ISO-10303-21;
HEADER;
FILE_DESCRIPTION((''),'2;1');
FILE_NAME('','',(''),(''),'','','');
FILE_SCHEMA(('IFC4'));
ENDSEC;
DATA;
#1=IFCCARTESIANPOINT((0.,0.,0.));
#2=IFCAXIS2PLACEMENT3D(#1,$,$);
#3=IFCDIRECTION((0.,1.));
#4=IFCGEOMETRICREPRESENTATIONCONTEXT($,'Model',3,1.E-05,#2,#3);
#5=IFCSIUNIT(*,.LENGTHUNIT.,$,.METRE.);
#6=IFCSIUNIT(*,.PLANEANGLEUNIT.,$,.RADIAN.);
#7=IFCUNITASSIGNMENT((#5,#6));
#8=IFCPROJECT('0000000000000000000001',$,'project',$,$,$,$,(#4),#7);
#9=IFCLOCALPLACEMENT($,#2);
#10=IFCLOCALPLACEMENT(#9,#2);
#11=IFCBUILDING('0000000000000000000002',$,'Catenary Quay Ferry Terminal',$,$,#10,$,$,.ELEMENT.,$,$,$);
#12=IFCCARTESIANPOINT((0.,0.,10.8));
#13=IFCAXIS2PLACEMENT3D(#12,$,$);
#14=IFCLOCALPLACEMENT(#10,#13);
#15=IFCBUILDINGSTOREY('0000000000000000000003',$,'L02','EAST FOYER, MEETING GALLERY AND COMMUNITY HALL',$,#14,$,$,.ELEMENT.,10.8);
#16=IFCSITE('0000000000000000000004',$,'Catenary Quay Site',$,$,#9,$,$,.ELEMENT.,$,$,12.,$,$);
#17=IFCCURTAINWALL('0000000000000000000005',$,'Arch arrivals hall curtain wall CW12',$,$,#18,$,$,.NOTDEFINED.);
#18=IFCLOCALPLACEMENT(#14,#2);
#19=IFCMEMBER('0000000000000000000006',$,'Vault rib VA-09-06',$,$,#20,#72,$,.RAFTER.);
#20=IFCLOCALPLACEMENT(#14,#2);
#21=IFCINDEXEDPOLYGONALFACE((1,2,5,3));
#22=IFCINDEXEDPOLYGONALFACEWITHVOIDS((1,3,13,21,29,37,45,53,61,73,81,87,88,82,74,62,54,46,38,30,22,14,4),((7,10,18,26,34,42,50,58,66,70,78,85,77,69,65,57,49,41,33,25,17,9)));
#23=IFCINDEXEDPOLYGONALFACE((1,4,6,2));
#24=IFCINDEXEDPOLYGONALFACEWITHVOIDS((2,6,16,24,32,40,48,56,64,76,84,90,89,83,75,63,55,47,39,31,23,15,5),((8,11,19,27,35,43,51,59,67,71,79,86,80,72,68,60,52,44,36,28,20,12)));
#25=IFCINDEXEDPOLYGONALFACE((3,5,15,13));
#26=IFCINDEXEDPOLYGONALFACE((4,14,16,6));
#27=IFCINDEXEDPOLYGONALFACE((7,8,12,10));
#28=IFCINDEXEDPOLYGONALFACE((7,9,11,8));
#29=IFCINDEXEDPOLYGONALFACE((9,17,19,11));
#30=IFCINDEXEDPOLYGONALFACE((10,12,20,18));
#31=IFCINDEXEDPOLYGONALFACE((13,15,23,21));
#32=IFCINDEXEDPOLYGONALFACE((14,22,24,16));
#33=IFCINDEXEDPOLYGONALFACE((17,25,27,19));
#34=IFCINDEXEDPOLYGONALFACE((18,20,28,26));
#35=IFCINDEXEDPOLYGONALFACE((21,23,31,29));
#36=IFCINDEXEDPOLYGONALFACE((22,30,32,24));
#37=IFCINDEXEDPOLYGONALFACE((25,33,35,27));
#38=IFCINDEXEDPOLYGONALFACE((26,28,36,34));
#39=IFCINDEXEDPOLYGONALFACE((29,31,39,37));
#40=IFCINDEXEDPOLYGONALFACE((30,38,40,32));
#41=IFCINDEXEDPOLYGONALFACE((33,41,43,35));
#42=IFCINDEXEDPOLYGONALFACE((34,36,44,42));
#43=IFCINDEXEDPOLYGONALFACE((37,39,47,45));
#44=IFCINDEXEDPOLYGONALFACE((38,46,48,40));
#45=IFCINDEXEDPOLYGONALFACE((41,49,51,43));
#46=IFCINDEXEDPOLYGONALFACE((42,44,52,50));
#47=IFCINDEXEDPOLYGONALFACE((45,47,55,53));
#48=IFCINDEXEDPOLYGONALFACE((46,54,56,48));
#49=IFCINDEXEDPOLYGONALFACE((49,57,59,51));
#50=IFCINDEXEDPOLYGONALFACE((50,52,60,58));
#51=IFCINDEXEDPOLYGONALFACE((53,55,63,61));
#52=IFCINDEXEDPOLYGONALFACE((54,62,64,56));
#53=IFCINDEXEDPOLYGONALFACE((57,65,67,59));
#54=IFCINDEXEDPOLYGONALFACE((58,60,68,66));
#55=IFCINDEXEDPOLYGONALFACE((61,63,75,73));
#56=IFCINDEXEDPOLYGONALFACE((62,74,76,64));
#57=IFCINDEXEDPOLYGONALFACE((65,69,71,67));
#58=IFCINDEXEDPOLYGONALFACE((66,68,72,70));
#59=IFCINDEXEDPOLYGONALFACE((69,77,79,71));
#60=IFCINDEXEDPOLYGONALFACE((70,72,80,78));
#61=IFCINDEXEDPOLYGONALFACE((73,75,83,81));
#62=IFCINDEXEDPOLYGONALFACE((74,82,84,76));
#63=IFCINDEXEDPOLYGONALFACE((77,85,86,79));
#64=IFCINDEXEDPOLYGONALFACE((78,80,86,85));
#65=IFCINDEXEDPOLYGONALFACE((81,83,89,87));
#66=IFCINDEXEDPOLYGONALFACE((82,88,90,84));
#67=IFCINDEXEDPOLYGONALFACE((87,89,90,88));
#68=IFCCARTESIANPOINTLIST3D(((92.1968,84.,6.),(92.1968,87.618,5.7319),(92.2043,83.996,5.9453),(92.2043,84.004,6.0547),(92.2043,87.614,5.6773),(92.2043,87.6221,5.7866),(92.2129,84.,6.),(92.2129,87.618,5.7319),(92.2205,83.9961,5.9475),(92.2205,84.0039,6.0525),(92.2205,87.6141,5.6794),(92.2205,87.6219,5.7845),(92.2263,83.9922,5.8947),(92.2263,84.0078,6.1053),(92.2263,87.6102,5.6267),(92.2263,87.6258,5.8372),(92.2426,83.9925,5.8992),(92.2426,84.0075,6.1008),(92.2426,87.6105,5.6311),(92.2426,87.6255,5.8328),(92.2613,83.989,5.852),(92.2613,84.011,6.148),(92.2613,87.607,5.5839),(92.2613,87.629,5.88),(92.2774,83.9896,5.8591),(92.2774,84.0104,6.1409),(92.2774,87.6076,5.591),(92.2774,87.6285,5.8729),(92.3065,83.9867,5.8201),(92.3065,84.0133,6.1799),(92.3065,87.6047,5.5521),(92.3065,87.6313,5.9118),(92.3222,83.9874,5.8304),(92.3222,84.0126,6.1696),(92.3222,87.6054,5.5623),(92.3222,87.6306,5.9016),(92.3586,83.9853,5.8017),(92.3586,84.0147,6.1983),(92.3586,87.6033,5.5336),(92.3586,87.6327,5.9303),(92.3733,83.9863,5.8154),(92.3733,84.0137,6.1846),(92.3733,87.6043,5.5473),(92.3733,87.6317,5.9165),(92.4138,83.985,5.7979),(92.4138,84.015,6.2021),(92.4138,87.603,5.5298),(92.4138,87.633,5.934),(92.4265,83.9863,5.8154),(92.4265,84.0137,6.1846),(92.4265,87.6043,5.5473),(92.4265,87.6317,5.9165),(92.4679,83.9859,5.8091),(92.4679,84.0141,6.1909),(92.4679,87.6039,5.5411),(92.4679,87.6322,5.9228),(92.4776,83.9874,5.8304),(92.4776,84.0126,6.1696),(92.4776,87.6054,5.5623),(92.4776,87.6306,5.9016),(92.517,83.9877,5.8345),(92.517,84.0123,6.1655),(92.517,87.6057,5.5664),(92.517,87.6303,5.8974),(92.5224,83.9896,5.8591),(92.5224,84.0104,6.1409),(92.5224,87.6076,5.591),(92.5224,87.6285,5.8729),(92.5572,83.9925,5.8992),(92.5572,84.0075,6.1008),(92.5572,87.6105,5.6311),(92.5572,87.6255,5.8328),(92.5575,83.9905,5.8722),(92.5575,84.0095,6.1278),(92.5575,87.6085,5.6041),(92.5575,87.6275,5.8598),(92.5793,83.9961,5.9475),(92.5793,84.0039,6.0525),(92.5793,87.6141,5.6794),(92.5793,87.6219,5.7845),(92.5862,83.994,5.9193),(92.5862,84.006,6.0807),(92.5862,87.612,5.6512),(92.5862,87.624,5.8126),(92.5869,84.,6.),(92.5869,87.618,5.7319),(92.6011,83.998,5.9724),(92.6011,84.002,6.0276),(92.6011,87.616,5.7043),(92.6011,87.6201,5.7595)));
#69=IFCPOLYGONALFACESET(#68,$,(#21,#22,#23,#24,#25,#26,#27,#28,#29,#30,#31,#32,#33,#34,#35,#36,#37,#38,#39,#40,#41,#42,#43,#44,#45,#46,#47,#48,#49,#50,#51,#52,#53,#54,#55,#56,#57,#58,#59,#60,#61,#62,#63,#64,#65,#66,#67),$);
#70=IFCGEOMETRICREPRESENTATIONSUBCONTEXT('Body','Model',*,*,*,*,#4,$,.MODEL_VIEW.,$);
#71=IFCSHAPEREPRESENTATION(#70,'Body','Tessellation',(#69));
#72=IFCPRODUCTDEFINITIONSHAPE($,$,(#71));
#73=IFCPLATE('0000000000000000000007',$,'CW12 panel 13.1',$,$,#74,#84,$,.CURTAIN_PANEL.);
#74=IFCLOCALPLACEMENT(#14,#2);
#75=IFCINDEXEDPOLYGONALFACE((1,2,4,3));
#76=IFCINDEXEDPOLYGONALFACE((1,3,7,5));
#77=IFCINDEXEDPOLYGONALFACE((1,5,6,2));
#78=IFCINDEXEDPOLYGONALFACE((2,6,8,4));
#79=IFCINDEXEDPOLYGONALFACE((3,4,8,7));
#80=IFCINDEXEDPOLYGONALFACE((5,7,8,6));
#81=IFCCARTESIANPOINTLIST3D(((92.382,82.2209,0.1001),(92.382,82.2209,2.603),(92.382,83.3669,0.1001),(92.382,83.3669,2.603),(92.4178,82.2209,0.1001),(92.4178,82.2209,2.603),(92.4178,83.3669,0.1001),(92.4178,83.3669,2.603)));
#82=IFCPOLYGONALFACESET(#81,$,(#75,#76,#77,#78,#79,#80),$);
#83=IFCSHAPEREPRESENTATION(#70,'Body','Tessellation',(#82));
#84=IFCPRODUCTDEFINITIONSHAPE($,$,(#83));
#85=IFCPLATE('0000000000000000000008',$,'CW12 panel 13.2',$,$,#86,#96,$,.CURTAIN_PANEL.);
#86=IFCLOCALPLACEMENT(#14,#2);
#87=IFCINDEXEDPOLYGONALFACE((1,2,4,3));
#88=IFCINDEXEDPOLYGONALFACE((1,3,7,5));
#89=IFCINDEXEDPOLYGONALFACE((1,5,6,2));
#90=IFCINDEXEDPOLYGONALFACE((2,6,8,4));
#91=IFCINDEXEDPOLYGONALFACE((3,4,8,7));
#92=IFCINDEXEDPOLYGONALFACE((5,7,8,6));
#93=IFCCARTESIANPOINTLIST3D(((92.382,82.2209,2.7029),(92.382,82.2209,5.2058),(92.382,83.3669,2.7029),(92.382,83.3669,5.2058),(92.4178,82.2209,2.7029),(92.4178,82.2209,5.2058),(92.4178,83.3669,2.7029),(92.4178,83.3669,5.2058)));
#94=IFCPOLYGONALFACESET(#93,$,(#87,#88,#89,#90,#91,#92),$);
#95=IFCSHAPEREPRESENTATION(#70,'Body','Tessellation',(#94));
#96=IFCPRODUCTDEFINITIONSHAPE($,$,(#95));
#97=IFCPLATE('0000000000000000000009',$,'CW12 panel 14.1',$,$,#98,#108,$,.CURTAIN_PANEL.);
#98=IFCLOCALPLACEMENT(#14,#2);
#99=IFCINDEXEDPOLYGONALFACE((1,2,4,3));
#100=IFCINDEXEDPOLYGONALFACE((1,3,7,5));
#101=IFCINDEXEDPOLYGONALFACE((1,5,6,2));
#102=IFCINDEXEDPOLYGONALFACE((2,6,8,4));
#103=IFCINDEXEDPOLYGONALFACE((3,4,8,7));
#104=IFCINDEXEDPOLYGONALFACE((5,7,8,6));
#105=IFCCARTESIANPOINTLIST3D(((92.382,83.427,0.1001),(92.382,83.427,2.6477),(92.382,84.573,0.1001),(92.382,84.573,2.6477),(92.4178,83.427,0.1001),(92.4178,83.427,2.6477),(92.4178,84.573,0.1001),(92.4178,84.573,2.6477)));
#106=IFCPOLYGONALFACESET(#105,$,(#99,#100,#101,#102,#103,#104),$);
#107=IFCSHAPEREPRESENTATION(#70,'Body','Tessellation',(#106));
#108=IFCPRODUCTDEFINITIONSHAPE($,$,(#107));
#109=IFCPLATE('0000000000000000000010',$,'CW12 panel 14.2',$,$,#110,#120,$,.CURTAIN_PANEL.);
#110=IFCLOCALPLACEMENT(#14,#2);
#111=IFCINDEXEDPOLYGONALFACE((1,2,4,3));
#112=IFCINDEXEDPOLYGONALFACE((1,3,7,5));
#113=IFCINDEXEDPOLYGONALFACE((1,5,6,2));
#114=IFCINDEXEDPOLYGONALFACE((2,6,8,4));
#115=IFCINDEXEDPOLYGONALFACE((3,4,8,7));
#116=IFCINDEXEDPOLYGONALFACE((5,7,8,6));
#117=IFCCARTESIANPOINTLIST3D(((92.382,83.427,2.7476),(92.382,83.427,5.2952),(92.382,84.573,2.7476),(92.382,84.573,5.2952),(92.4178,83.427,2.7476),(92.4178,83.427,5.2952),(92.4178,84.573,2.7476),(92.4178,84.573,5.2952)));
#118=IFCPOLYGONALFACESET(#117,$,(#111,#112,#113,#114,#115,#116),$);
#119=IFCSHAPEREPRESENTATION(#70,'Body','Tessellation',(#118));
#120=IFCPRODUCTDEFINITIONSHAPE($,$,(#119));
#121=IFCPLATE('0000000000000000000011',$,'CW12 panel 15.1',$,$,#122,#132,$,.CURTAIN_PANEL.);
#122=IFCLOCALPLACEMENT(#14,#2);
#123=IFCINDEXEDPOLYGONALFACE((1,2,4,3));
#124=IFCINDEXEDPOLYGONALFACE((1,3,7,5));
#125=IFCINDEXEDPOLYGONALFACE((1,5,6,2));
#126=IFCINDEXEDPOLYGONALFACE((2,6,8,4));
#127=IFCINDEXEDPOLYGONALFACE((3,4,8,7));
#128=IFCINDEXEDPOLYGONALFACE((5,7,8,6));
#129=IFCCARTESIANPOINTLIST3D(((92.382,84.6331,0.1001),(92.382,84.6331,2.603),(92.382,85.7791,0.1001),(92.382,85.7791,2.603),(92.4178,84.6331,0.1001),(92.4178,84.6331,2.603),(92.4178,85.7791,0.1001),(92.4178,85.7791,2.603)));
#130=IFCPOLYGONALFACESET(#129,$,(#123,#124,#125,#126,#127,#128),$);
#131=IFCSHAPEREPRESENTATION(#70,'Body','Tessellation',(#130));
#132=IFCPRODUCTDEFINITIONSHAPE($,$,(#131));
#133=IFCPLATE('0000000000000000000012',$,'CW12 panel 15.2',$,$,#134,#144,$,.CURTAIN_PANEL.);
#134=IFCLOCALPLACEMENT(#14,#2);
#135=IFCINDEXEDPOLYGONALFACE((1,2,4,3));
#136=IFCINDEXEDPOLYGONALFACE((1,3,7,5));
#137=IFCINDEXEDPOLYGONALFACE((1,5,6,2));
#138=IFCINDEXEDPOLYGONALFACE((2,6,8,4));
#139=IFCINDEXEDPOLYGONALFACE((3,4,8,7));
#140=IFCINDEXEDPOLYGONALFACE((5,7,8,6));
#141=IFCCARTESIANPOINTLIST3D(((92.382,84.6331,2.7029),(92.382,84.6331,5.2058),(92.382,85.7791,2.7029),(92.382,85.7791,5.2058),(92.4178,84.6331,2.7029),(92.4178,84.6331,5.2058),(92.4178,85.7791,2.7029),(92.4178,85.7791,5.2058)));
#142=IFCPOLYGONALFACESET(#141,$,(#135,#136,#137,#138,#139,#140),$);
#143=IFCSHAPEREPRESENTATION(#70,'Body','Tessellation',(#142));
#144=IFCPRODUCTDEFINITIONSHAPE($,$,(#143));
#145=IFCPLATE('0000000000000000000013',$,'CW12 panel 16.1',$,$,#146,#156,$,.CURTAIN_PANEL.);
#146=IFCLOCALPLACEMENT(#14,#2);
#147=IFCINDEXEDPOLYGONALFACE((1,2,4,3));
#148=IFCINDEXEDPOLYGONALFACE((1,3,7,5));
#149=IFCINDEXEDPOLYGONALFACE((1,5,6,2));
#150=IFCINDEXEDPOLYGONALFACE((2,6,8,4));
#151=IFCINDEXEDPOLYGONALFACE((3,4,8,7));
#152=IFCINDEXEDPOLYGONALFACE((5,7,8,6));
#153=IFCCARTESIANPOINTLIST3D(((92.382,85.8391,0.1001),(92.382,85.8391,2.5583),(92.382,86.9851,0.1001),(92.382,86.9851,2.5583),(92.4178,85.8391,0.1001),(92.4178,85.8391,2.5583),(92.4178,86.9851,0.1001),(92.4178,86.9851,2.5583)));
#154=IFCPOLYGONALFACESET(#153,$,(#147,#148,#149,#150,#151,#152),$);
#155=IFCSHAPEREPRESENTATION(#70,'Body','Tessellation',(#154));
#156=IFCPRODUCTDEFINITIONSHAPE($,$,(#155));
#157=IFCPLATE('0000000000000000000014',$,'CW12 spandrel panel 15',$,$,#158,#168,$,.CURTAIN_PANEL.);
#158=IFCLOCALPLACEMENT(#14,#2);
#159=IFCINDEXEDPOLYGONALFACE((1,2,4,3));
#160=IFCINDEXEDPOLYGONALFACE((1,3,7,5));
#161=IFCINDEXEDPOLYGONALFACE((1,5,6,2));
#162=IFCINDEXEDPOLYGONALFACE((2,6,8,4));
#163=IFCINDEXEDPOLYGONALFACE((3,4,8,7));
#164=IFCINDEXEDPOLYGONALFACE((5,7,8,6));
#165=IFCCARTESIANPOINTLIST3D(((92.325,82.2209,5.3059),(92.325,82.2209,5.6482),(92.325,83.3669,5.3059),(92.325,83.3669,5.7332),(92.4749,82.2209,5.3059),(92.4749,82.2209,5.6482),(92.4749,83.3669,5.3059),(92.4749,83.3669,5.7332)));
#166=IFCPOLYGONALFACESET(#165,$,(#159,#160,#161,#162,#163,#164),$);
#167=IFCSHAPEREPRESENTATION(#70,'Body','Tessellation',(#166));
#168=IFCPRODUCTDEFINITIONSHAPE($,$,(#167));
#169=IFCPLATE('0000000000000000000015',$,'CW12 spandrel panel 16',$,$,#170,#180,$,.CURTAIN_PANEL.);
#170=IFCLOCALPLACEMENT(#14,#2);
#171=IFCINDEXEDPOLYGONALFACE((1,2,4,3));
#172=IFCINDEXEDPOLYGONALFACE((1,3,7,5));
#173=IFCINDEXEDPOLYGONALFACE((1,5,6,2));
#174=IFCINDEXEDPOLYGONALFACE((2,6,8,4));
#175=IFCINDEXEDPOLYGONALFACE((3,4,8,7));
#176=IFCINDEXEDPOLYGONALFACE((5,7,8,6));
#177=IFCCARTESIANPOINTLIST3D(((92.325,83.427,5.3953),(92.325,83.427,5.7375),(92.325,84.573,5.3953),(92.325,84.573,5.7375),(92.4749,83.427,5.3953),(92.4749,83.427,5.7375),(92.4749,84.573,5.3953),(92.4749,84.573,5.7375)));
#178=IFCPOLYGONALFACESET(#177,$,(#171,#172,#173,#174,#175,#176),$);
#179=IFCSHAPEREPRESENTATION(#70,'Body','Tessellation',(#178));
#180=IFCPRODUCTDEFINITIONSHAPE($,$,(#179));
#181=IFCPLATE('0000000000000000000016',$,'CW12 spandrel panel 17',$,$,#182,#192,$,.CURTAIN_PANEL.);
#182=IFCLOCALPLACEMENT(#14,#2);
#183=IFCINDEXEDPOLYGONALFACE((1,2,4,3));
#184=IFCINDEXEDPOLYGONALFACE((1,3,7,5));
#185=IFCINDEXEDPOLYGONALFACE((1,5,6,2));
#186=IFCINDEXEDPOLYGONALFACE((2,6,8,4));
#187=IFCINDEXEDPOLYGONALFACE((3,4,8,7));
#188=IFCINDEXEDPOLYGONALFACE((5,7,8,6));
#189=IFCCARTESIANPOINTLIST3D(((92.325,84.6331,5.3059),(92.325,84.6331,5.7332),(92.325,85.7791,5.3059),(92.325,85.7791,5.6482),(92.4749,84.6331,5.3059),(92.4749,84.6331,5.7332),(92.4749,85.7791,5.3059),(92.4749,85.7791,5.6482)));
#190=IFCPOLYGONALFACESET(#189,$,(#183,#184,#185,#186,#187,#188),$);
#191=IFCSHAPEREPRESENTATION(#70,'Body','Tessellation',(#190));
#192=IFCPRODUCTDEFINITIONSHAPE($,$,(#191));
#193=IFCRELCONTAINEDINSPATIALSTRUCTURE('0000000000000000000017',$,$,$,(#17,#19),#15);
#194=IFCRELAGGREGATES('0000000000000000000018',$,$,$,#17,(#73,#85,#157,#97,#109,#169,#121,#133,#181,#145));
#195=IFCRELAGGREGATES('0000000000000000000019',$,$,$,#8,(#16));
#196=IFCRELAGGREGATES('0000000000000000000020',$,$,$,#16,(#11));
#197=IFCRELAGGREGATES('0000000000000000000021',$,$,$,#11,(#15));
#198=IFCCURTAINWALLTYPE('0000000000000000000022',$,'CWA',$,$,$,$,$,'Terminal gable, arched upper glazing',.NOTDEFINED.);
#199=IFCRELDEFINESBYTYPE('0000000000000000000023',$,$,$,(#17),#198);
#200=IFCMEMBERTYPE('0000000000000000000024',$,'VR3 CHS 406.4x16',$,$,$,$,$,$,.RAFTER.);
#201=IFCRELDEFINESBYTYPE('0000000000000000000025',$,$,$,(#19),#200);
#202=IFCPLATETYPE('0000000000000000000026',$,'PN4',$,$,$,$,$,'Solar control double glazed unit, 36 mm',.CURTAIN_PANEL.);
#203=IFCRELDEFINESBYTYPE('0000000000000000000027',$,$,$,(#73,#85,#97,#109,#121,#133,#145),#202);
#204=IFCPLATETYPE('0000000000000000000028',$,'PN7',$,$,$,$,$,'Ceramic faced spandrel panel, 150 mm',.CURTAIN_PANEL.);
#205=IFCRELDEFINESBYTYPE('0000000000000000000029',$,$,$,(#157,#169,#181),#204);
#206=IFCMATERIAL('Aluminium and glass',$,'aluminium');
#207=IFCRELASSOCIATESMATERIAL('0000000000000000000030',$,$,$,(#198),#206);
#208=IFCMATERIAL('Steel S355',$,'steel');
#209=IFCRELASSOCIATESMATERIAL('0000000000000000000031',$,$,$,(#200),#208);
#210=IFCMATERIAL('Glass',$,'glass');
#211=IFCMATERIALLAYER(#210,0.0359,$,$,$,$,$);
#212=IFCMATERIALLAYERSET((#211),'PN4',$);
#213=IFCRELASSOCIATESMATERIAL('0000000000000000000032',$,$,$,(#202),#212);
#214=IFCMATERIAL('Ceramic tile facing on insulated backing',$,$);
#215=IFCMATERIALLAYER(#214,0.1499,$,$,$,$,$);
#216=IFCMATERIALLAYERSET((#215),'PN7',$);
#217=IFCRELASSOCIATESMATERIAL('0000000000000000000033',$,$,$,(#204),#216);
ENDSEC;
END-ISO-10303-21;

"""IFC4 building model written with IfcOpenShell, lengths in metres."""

from ifc_helpers import new_model, si_unit, direction, frame, origin, origin_2d, place, context, subcontext, project, spatial, polyline, rectangle, hollow_circle, outline, extrude, material, layer, layer_set, material_profile, profile_set, type_object, element, aggregate, save


model = new_model("IFC4")

# Units and contexts
model_context = context("Model", 3, precision=1e-05, world=origin(), true_north=direction((0.0, 1.0)))
body_context = subcontext(model_context, "Body", "Model", "MODEL_VIEW")
ifc_project = project(units=[si_unit("LENGTHUNIT", "METRE"), si_unit("PLANEANGLEUNIT", "RADIAN")], contexts=[model_context])

# Site, building, storey
site_placement = place(None, origin())
site = spatial("IfcSite", under=ifc_project, at=site_placement, Name="Catenary Quay Site", CompositionType="ELEMENT", RefElevation=12.0)
building_placement = place(site_placement, origin())
building = spatial("IfcBuilding", under=site, at=building_placement, Name="Catenary Quay Ferry Terminal", CompositionType="ELEMENT")
storey_placement = place(building_placement, frame((0.0, 0.0, 10.8)))
storey = spatial("IfcBuildingStorey", under=building, at=storey_placement, Name="L02", Description="EAST FOYER, MEETING GALLERY AND COMMUNITY HALL", CompositionType="ELEMENT", Elevation=10.8)

# Curtain wall
ifc_material_1 = material(Name="Aluminium and glass", Category="aluminium")
curtain_wall_type = type_object("IfcCurtainWallType", Name="CWA", ElementType="Terminal gable, arched upper glazing", PredefinedType="NOTDEFINED", material=ifc_material_1)
curtain_wall_placement = place(storey_placement, origin())
curtain_wall = element("IfcCurtainWall", 1, at=curtain_wall_placement, inside=storey, type_object=curtain_wall_type, Name="Arch arrivals hall curtain wall CW12", PredefinedType="NOTDEFINED")

# Member
ifc_material_2 = material(Name="Steel S355", Category="steel")
ifc_material_profile_1 = material_profile(ifc_material_2, hollow_circle(Radius=0.2031, WallThickness=0.0161, at=origin_2d()), Name="CHS 406.4x16")
ifc_profile_set_1 = profile_set([ifc_material_profile_1], Name="Steel S355")
member_type_1 = type_object("IfcMemberType", Name="VR3 CHS 406.4x16", PredefinedType="RAFTER", material=ifc_profile_set_1)
member_1_placement = place(storey_placement, frame((92.3999, 84.0, 6.0), z_axis=(0.0, 0.997266, -0.073892), x_axis=(-1.0, 0.0, 0.0)))
element("IfcMember", 2, at=member_1_placement, inside=storey, type_object=member_type_1, Name="Vault rib VA-09-06", PredefinedType="RAFTER", context=body_context, shape_type="SweptSolid", body=[
    extrude(hollow_circle(Radius=0.2031, WallThickness=0.0161, at=origin_2d()), origin(), (0.0, 0.0, 1.0), 3.6279),
])

# Plates
ifc_material_3 = material(Name="Glass", Category="glass")
ifc_layer_1 = layer(ifc_material_3, 0.0359)
ifc_layer_set_1 = layer_set([ifc_layer_1], Name="PN4")
plate_type_1 = type_object("IfcPlateType", Name="PN4", ElementType="Solar control double glazed unit, 36 mm", PredefinedType="CURTAIN_PANEL", material=ifc_layer_set_1)
plate_1_placement = place(storey_placement, frame((92.3999, 82.7939, 0.1001), z_axis=(0.0, 0.0, 1.0), x_axis=(0.0, 1.0, 0.0)))
plate_1 = element("IfcPlate", 3, at=plate_1_placement, type_object=plate_type_1, Name="CW12 panel 13.1", PredefinedType="CURTAIN_PANEL", context=body_context, shape_type="SweptSolid", body=[
    extrude(rectangle(XDim=1.146, YDim=0.0359, at=origin_2d()), origin(), (0.0, 0.0, 1.0), 2.5029),
])
plate_2_placement = place(storey_placement, frame((92.3999, 82.7939, 2.7029), z_axis=(0.0, 0.0, 1.0), x_axis=(0.0, 1.0, 0.0)))
plate_2 = element("IfcPlate", 4, at=plate_2_placement, type_object=plate_type_1, Name="CW12 panel 13.2", PredefinedType="CURTAIN_PANEL", context=body_context, shape_type="SweptSolid", body=[
    extrude(rectangle(XDim=1.146, YDim=0.0359, at=origin_2d()), origin(), (0.0, 0.0, 1.0), 2.5029),
])
plate_3_placement = place(storey_placement, frame((92.3999, 84.0, 0.1001), z_axis=(0.0, 0.0, 1.0), x_axis=(0.0, 1.0, 0.0)))
plate_3 = element("IfcPlate", 5, at=plate_3_placement, type_object=plate_type_1, Name="CW12 panel 14.1", PredefinedType="CURTAIN_PANEL", context=body_context, shape_type="SweptSolid", body=[
    extrude(rectangle(XDim=1.146, YDim=0.0359, at=origin_2d()), origin(), (0.0, 0.0, 1.0), 2.5476),
])
plate_4_placement = place(storey_placement, frame((92.3999, 84.0, 2.7476), z_axis=(0.0, 0.0, 1.0), x_axis=(0.0, 1.0, 0.0)))
plate_4 = element("IfcPlate", 6, at=plate_4_placement, type_object=plate_type_1, Name="CW12 panel 14.2", PredefinedType="CURTAIN_PANEL", context=body_context, shape_type="SweptSolid", body=[
    extrude(rectangle(XDim=1.146, YDim=0.0359, at=origin_2d()), origin(), (0.0, 0.0, 1.0), 2.5476),
])
plate_5_placement = place(storey_placement, frame((92.3999, 85.2061, 0.1001), z_axis=(0.0, 0.0, 1.0), x_axis=(0.0, 1.0, 0.0)))
plate_5 = element("IfcPlate", 7, at=plate_5_placement, type_object=plate_type_1, Name="CW12 panel 15.1", PredefinedType="CURTAIN_PANEL", context=body_context, shape_type="SweptSolid", body=[
    extrude(rectangle(XDim=1.146, YDim=0.0359, at=origin_2d()), origin(), (0.0, 0.0, 1.0), 2.5029),
])
plate_6_placement = place(storey_placement, frame((92.3999, 85.2061, 2.7029), z_axis=(0.0, 0.0, 1.0), x_axis=(0.0, 1.0, 0.0)))
plate_6 = element("IfcPlate", 8, at=plate_6_placement, type_object=plate_type_1, Name="CW12 panel 15.2", PredefinedType="CURTAIN_PANEL", context=body_context, shape_type="SweptSolid", body=[
    extrude(rectangle(XDim=1.146, YDim=0.0359, at=origin_2d()), origin(), (0.0, 0.0, 1.0), 2.5029),
])
plate_7_placement = place(storey_placement, frame((92.3999, 86.4121, 0.1001), z_axis=(0.0, 0.0, 1.0), x_axis=(0.0, 1.0, 0.0)))
plate_7 = element("IfcPlate", 9, at=plate_7_placement, type_object=plate_type_1, Name="CW12 panel 16.1", PredefinedType="CURTAIN_PANEL", context=body_context, shape_type="SweptSolid", body=[
    extrude(rectangle(XDim=1.146, YDim=0.0359, at=origin_2d()), origin(), (0.0, 0.0, 1.0), 2.4583),
])
ifc_material_4 = material(Name="Ceramic tile facing on insulated backing")
ifc_layer_2 = layer(ifc_material_4, 0.1499)
ifc_layer_set_2 = layer_set([ifc_layer_2], Name="PN7")
plate_type_2 = type_object("IfcPlateType", Name="PN7", ElementType="Ceramic faced spandrel panel, 150 mm", PredefinedType="CURTAIN_PANEL", material=ifc_layer_set_2)
plate_8_placement = place(storey_placement, frame((92.3999, 82.2209, 5.3059), z_axis=(0.0, 0.0, 1.0), x_axis=(0.0, 1.0, 0.0)))
plate_8 = element("IfcPlate", 10, at=plate_8_placement, type_object=plate_type_2, Name="CW12 spandrel panel 15", PredefinedType="CURTAIN_PANEL", context=body_context, shape_type="SweptSolid", body=[
    extrude(outline(polyline([(0.0, 0.0), (1.146, 0.0), (1.146, 0.4272), (0.0, 0.3423), (0.0, 0.0)])), frame((0.0, 0.075, 0.0), z_axis=(0.0, -1.0, 0.0), x_axis=(1.0, 0.0, 0.0)), (0.0, 0.0, 1.0), 0.1499),
])
plate_9_placement = place(storey_placement, frame((92.3999, 83.427, 5.3953), z_axis=(0.0, 0.0, 1.0), x_axis=(0.0, 1.0, 0.0)))
plate_9 = element("IfcPlate", 11, at=plate_9_placement, type_object=plate_type_2, Name="CW12 spandrel panel 16", PredefinedType="CURTAIN_PANEL", context=body_context, shape_type="SweptSolid", body=[
    extrude(outline(polyline([(0.0, 0.0), (1.146, 0.0), (1.146, 0.3423), (0.0, 0.3423), (0.0, 0.0)])), frame((0.0, 0.075, 0.0), z_axis=(0.0, -1.0, 0.0), x_axis=(1.0, 0.0, 0.0)), (0.0, 0.0, 1.0), 0.1499),
])
plate_10_placement = place(storey_placement, frame((92.3999, 84.6331, 5.3059), z_axis=(0.0, 0.0, 1.0), x_axis=(0.0, 1.0, 0.0)))
plate_10 = element("IfcPlate", 12, at=plate_10_placement, type_object=plate_type_2, Name="CW12 spandrel panel 17", PredefinedType="CURTAIN_PANEL", context=body_context, shape_type="SweptSolid", body=[
    extrude(outline(polyline([(0.0, 0.0), (1.146, 0.0), (1.146, 0.3423), (0.0, 0.4272), (0.0, 0.0)])), frame((0.0, 0.075, 0.0), z_axis=(0.0, -1.0, 0.0), x_axis=(1.0, 0.0, 0.0)), (0.0, 0.0, 1.0), 0.1499),
])
aggregate(curtain_wall, [plate_1, plate_2, plate_8, plate_3, plate_4, plate_9, plate_5, plate_6, plate_10, plate_7])

save(model, "model.ifc")
